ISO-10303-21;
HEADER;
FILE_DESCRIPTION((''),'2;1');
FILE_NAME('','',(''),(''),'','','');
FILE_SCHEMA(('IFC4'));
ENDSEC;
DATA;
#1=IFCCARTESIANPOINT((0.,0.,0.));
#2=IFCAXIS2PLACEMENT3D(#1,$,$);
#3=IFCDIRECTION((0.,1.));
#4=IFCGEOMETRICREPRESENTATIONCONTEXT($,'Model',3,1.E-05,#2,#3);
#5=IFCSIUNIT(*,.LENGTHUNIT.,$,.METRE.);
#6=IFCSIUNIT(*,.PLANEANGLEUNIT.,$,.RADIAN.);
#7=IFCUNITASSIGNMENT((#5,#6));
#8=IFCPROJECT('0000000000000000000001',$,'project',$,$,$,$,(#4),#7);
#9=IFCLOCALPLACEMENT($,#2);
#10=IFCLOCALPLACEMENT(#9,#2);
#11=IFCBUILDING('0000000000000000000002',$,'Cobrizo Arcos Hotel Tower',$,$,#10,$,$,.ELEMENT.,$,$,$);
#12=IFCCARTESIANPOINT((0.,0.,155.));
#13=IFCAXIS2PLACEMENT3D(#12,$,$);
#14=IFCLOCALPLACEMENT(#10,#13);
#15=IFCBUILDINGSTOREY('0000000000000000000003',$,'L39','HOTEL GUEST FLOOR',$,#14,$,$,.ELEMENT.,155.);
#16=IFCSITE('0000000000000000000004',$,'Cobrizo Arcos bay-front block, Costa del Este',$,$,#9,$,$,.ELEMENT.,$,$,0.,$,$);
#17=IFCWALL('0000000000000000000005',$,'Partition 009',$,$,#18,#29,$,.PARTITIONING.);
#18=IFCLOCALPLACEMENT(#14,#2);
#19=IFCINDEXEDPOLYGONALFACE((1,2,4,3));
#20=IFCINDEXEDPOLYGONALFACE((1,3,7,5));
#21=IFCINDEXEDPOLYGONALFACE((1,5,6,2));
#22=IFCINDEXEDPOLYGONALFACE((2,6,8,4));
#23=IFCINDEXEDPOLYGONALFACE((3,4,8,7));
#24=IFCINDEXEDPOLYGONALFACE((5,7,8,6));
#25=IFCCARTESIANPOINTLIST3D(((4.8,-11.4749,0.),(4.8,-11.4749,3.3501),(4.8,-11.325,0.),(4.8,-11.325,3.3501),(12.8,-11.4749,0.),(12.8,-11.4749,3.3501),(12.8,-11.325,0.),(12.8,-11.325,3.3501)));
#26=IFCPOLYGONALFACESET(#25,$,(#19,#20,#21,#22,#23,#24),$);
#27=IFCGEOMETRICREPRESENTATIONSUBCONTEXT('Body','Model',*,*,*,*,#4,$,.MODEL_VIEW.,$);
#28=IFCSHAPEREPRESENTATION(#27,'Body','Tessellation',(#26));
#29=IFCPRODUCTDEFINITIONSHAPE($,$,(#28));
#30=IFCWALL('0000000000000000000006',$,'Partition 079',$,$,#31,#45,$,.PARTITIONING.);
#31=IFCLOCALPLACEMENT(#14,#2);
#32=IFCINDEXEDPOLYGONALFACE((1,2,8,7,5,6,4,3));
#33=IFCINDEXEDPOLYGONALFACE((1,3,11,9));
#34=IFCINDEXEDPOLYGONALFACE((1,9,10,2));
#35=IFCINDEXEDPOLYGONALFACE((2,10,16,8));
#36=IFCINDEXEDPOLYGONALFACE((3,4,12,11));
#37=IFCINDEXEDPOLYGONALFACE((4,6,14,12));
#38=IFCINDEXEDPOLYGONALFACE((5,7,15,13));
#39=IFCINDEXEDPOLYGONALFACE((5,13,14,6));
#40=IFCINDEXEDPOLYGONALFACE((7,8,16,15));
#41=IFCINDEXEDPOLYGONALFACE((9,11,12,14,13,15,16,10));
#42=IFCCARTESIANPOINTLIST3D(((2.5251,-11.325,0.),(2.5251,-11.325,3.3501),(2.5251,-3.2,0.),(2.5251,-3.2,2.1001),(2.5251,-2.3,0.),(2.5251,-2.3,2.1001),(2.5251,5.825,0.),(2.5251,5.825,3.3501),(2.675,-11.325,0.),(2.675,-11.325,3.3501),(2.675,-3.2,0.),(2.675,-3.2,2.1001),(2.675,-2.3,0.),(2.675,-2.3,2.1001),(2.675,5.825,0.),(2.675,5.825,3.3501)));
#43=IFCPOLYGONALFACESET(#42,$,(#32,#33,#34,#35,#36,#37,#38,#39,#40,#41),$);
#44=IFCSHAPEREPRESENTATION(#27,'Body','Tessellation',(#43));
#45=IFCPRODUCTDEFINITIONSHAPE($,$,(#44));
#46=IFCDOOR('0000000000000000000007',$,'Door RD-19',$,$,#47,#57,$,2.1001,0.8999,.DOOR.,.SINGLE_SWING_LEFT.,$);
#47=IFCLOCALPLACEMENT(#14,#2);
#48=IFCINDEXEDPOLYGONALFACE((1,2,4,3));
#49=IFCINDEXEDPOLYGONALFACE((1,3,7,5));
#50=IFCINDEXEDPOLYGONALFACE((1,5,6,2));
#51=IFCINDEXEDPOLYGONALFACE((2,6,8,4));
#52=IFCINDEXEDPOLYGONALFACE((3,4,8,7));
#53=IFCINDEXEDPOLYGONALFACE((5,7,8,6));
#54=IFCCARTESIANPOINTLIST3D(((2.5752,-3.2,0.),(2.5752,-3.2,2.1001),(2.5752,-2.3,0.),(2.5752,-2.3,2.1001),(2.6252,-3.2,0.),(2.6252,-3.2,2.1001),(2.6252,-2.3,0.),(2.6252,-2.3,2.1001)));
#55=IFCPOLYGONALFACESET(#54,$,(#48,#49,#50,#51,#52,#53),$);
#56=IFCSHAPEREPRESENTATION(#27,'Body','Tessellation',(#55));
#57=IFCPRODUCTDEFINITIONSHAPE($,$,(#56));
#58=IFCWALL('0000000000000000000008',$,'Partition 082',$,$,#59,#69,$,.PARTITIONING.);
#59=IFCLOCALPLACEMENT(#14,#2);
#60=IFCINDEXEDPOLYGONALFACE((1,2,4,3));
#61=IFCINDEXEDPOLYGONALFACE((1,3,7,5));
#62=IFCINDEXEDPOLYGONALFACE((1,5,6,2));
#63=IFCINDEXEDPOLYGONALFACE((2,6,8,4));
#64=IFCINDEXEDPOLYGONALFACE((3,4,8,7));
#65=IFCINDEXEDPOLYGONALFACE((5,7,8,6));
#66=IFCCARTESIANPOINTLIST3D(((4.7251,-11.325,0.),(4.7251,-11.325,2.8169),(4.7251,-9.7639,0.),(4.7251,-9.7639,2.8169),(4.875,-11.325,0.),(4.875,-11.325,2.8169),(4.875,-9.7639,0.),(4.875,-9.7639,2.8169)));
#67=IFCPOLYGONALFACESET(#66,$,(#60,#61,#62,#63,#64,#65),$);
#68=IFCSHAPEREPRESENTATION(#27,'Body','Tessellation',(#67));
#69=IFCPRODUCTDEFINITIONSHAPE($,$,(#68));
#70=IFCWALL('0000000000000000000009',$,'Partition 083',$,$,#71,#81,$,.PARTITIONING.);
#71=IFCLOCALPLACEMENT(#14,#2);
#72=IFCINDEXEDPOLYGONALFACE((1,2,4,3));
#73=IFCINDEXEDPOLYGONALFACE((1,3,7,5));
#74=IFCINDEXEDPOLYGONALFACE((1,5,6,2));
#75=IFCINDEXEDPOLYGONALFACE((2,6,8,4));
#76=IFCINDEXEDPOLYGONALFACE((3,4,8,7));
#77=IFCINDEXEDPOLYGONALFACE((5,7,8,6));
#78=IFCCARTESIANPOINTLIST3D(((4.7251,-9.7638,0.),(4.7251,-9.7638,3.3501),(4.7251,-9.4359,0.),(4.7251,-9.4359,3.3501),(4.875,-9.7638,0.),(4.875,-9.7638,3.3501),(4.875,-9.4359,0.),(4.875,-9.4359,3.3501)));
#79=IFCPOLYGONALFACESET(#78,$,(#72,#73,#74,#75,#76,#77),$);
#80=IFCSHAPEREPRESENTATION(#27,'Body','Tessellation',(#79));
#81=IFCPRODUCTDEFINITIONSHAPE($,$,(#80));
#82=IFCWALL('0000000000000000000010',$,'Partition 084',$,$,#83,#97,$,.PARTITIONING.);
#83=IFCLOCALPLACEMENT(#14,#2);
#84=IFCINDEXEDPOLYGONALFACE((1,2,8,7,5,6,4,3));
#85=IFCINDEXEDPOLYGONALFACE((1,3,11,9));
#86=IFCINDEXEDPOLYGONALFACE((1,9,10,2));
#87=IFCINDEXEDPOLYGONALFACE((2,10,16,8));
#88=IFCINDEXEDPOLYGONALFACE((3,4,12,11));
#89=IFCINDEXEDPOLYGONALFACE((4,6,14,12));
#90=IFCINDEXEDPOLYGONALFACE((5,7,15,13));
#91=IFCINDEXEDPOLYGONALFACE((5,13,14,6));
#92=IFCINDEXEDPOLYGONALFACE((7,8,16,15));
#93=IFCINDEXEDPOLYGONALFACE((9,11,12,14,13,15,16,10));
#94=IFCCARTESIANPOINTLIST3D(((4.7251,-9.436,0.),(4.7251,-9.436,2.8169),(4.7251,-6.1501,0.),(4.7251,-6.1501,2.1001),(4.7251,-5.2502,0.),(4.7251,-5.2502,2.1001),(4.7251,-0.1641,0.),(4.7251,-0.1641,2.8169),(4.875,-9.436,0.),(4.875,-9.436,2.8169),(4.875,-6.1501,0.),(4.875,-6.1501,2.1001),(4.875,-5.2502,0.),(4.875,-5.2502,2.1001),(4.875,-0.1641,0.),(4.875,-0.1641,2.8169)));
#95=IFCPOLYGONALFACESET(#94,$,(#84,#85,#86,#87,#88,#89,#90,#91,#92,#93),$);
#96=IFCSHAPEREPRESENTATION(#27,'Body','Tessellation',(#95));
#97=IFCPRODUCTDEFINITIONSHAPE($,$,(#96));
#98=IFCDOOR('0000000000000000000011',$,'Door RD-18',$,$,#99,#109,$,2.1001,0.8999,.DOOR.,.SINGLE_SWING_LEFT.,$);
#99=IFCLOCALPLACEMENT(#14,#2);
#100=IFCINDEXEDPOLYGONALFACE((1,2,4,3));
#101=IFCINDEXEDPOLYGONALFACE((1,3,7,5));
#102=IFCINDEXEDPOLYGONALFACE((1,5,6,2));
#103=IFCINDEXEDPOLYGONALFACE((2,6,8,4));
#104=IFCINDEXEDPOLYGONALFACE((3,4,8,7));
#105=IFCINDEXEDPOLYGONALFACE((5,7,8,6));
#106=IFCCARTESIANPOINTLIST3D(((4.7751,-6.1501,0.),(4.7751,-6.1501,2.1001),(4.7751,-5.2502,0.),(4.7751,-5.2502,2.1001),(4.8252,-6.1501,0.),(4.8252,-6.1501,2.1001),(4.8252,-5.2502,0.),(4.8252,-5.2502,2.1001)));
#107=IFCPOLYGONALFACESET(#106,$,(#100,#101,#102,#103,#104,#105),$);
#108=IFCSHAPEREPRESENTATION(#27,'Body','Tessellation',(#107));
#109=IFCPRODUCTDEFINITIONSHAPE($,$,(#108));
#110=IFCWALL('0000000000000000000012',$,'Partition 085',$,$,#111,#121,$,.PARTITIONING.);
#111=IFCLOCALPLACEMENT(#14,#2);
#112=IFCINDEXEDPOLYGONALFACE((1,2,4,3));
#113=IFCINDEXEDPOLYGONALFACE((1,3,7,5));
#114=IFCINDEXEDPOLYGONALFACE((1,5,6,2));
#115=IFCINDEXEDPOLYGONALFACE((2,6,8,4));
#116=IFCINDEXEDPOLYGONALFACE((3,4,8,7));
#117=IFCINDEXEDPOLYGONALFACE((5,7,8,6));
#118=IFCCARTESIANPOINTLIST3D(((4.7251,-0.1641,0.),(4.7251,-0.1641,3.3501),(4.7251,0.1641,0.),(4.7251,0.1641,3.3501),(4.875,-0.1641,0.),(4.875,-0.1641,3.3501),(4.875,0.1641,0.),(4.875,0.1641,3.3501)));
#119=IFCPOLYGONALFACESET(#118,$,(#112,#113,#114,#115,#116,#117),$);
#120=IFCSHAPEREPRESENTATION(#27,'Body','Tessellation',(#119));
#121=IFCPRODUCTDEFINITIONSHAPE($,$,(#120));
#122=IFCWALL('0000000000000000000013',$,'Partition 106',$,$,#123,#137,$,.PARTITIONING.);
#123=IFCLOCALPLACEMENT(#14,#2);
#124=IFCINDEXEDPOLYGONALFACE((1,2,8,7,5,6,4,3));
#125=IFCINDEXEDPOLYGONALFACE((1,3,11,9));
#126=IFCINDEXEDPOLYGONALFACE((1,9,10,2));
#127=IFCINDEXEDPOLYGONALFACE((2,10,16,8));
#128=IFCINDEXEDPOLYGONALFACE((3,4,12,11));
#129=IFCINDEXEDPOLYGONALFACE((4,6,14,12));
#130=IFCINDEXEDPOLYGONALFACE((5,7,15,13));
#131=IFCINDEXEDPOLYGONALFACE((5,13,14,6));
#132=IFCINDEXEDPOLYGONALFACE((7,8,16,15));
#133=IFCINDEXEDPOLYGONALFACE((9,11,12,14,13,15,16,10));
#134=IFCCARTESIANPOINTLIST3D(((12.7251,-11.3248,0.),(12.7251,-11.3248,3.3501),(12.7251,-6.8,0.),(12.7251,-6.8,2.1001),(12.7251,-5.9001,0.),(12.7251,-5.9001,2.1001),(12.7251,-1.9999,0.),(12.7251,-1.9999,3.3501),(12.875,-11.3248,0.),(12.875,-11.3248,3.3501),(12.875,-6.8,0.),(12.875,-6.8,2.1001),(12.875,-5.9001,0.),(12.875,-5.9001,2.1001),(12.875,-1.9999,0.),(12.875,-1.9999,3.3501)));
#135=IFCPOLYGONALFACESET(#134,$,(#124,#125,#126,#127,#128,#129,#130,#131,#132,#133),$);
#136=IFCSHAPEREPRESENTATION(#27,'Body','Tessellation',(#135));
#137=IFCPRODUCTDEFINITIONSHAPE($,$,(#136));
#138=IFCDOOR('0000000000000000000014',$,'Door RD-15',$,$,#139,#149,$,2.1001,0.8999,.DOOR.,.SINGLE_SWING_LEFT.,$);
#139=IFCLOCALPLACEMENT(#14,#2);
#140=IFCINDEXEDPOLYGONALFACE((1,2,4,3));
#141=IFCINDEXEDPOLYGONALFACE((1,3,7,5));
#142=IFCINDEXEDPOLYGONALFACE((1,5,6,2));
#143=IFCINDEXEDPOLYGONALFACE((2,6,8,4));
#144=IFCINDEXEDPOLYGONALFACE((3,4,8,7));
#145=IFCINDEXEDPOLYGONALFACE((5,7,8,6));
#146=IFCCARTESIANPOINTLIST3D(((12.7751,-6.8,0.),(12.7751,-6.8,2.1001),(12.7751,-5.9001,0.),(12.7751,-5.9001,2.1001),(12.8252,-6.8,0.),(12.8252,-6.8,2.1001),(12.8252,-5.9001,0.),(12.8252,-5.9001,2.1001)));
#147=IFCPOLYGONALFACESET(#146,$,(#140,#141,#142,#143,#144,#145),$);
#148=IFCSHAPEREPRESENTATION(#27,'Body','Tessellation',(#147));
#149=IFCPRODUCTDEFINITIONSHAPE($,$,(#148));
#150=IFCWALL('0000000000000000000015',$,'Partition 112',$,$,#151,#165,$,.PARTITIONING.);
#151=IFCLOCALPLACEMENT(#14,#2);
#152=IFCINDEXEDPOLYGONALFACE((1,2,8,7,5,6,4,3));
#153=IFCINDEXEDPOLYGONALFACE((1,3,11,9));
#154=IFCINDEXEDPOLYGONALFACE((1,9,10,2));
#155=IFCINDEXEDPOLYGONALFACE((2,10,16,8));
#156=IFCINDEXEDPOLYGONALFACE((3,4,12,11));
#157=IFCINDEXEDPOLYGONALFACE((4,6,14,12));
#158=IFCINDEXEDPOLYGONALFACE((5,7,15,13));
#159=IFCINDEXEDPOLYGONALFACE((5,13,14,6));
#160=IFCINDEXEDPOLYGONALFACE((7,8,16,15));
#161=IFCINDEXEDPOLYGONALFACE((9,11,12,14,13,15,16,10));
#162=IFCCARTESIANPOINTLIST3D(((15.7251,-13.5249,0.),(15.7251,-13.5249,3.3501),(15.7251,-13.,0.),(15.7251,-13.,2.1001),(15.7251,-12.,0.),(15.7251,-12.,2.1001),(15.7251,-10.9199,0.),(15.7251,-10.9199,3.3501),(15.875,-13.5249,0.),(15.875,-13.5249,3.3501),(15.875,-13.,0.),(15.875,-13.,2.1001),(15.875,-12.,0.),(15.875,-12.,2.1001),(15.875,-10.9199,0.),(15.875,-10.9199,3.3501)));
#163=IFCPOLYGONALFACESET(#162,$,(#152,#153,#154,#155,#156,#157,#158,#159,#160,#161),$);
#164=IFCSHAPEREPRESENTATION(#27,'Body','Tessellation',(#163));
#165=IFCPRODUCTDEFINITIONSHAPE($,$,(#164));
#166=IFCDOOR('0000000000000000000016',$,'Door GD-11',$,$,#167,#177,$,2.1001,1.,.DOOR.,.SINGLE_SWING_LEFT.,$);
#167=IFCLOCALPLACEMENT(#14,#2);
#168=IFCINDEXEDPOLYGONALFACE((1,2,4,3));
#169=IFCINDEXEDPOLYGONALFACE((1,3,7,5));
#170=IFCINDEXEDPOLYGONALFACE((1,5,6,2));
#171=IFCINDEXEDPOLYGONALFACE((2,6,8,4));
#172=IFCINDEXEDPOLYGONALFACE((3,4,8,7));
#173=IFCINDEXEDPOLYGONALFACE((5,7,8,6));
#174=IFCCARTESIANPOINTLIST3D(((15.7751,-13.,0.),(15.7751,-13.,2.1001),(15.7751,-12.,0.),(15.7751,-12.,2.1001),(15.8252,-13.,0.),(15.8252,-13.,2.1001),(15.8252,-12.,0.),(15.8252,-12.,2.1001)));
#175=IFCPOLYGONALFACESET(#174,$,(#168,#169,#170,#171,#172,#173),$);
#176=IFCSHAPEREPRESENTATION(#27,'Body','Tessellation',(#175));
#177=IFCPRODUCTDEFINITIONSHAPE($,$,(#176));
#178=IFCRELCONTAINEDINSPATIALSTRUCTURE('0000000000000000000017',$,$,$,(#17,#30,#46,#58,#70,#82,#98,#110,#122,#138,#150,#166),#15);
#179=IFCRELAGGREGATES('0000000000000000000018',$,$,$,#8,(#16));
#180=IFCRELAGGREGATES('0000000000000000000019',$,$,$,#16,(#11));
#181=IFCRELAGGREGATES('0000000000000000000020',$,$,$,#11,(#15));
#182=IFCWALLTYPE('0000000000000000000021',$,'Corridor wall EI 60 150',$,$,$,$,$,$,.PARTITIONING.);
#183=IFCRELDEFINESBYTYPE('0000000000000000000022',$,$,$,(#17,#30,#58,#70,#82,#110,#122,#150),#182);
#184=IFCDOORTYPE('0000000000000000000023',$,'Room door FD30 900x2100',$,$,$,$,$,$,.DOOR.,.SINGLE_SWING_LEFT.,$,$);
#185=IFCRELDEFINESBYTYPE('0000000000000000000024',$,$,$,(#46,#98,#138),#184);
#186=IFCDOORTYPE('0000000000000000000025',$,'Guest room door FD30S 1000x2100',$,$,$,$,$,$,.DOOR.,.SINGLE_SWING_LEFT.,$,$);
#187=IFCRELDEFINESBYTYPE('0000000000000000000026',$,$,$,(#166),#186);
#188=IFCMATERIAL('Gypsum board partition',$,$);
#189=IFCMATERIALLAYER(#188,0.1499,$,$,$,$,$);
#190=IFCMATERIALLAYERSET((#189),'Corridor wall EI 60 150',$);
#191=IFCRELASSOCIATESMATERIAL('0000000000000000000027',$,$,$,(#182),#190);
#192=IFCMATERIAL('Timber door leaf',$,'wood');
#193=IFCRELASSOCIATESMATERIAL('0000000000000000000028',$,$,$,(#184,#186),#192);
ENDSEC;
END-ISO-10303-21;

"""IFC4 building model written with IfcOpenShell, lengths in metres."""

from ifc_helpers import new_model, si_unit, direction, frame, frame_2d, origin, place, context, subcontext, project, spatial, rectangle, extrude, material, layer, layer_set, type_object, element, fill, save


model = new_model("IFC4")

# Units and contexts
model_context = context("Model", 3, precision=1e-05, world=origin(), true_north=direction((0.0, 1.0)))
body_context = subcontext(model_context, "Body", "Model", "MODEL_VIEW")
ifc_project = project(units=[si_unit("LENGTHUNIT", "METRE"), si_unit("PLANEANGLEUNIT", "RADIAN")], contexts=[model_context])

# Site, building, storey
site_placement = place(None, origin())
site = spatial("IfcSite", under=ifc_project, at=site_placement, Name="Cobrizo Arcos bay-front block, Costa del Este", CompositionType="ELEMENT", RefElevation=0.0)
building_placement = place(site_placement, origin())
building = spatial("IfcBuilding", under=site, at=building_placement, Name="Cobrizo Arcos Hotel Tower", CompositionType="ELEMENT")
storey_placement = place(building_placement, frame((0.0, 0.0, 155.0)))
storey = spatial("IfcBuildingStorey", under=building, at=storey_placement, Name="L39", Description="HOTEL GUEST FLOOR", CompositionType="ELEMENT", Elevation=155.0)

# Wall
ifc_material_1 = material(Name="Gypsum board partition")
ifc_layer_1 = layer(ifc_material_1, 0.1499)
ifc_layer_set_1 = layer_set([ifc_layer_1], Name="Corridor wall EI 60 150")
wall_type_1 = type_object("IfcWallType", Name="Corridor wall EI 60 150", PredefinedType="PARTITIONING", material=ifc_layer_set_1)
wall_1_placement = place(storey_placement, frame((4.8, -11.3999, 0.0), z_axis=(0.0, 0.0, 1.0), x_axis=(1.0, 0.0, 0.0)))
element("IfcWall", 1, at=wall_1_placement, inside=storey, type_object=wall_type_1, Name="Partition 009", PredefinedType="PARTITIONING", context=body_context, shape_type="SweptSolid", body=[
    extrude(rectangle(XDim=8.0, YDim=0.1499, at=frame_2d((4.0, 0.0))), origin(), (0.0, 0.0, 1.0), 3.3501),
])

# Wall, opening, door
wall_2_placement = place(storey_placement, frame((2.6001, -11.325, 0.0), z_axis=(0.0, 0.0, 1.0), x_axis=(0.0, 1.0, 0.0)))
wall_2 = element("IfcWall", 2, at=wall_2_placement, inside=storey, type_object=wall_type_1, Name="Partition 079", PredefinedType="PARTITIONING", context=body_context, shape_type="SweptSolid", body=[
    extrude(rectangle(XDim=17.1499, YDim=0.1499, at=frame_2d((8.575, 0.0))), origin(), (0.0, 0.0, 1.0), 3.3501),
])
opening_1_placement = place(wall_2_placement, frame((8.125, 0.0, 0.0)))
opening_1 = element("IfcOpeningElement", 3, at=opening_1_placement, cuts=wall_2, PredefinedType="OPENING", context=body_context, shape_type="SweptSolid", body=[
    extrude(rectangle(XDim=0.8999, YDim=2.1001, at=frame_2d((0.45, 1.05))), frame((0.0, 0.0869, 0.0), z_axis=(0.0, -1.0, 0.0), x_axis=(1.0, 0.0, 0.0)), (0.0, 0.0, 1.0), 0.1738),
])
ifc_material_2 = material(Name="Timber door leaf", Category="wood")
door_type_1 = type_object("IfcDoorType", Name="Room door FD30 900x2100", OperationType="SINGLE_SWING_LEFT", PredefinedType="DOOR", material=ifc_material_2)
door_1_placement = place(opening_1_placement, origin())
door_1 = element("IfcDoor", 4, at=door_1_placement, inside=storey, type_object=door_type_1, Name="Door RD-19", OperationType="SINGLE_SWING_LEFT", OverallHeight=2.1001, OverallWidth=0.8999, PredefinedType="DOOR", context=body_context, shape_type="SweptSolid", body=[
    extrude(rectangle(XDim=0.8999, YDim=2.1001, at=frame_2d((0.45, 1.05))), frame((0.0, 0.0249, 0.0), z_axis=(0.0, -1.0, 0.0), x_axis=(1.0, 0.0, 0.0)), (0.0, 0.0, 1.0), 0.05),
])
fill(opening_1, door_1)

# Walls
wall_3_placement = place(storey_placement, frame((4.8, -11.325, 0.0), z_axis=(0.0, 0.0, 1.0), x_axis=(0.0, 1.0, 0.0)))
element("IfcWall", 5, at=wall_3_placement, inside=storey, type_object=wall_type_1, Name="Partition 082", PredefinedType="PARTITIONING", context=body_context, shape_type="SweptSolid", body=[
    extrude(rectangle(XDim=1.561, YDim=0.1499, at=frame_2d((0.7805, 0.0))), origin(), (0.0, 0.0, 1.0), 2.8169),
])
wall_4_placement = place(storey_placement, frame((4.8, -9.7639, 0.0), z_axis=(0.0, 0.0, 1.0), x_axis=(0.0, 1.0, 0.0)))
element("IfcWall", 6, at=wall_4_placement, inside=storey, type_object=wall_type_1, Name="Partition 083", PredefinedType="PARTITIONING", context=body_context, shape_type="SweptSolid", body=[
    extrude(rectangle(XDim=0.3279, YDim=0.1499, at=frame_2d((0.1641, 0.0))), origin(), (0.0, 0.0, 1.0), 3.3501),
])

# Wall, opening, door
wall_5_placement = place(storey_placement, frame((4.8, -9.436, 0.0), z_axis=(0.0, 0.0, 1.0), x_axis=(0.0, 1.0, 0.0)))
wall_5 = element("IfcWall", 7, at=wall_5_placement, inside=storey, type_object=wall_type_1, Name="Partition 084", PredefinedType="PARTITIONING", context=body_context, shape_type="SweptSolid", body=[
    extrude(rectangle(XDim=9.272, YDim=0.1499, at=frame_2d((4.636, 0.0))), origin(), (0.0, 0.0, 1.0), 2.8169),
])
opening_2_placement = place(wall_5_placement, frame((3.2859, 0.0, 0.0)))
opening_2 = element("IfcOpeningElement", 8, at=opening_2_placement, cuts=wall_5, PredefinedType="OPENING", context=body_context, shape_type="SweptSolid", body=[
    extrude(rectangle(XDim=0.8999, YDim=2.1001, at=frame_2d((0.45, 1.05))), frame((0.0, 0.0869, 0.0), z_axis=(0.0, -1.0, 0.0), x_axis=(1.0, 0.0, 0.0)), (0.0, 0.0, 1.0), 0.1738),
])
door_2_placement = place(opening_2_placement, origin())
door_2 = element("IfcDoor", 9, at=door_2_placement, inside=storey, type_object=door_type_1, Name="Door RD-18", OperationType="SINGLE_SWING_LEFT", OverallHeight=2.1001, OverallWidth=0.8999, PredefinedType="DOOR", context=body_context, shape_type="SweptSolid", body=[
    extrude(rectangle(XDim=0.8999, YDim=2.1001, at=frame_2d((0.45, 1.05))), frame((0.0, 0.0249, 0.0), z_axis=(0.0, -1.0, 0.0), x_axis=(1.0, 0.0, 0.0)), (0.0, 0.0, 1.0), 0.05),
])
fill(opening_2, door_2)

# Wall
wall_6_placement = place(storey_placement, frame((4.8, -0.1641, 0.0), z_axis=(0.0, 0.0, 1.0), x_axis=(0.0, 1.0, 0.0)))
element("IfcWall", 10, at=wall_6_placement, inside=storey, type_object=wall_type_1, Name="Partition 085", PredefinedType="PARTITIONING", context=body_context, shape_type="SweptSolid", body=[
    extrude(rectangle(XDim=0.3281, YDim=0.1499, at=frame_2d((0.1641, 0.0))), origin(), (0.0, 0.0, 1.0), 3.3501),
])

# Walls, openings, doors
wall_7_placement = place(storey_placement, frame((12.8, -11.325, 0.0), z_axis=(0.0, 0.0, 1.0), x_axis=(0.0, 1.0, 0.0)))
wall_7 = element("IfcWall", 11, at=wall_7_placement, inside=storey, type_object=wall_type_1, Name="Partition 106", PredefinedType="PARTITIONING", context=body_context, shape_type="SweptSolid", body=[
    extrude(rectangle(XDim=9.325, YDim=0.1499, at=frame_2d((4.6626, 0.0))), origin(), (0.0, 0.0, 1.0), 3.3501),
])
opening_3_placement = place(wall_7_placement, frame((4.5249, 0.0, 0.0)))
opening_3 = element("IfcOpeningElement", 12, at=opening_3_placement, cuts=wall_7, PredefinedType="OPENING", context=body_context, shape_type="SweptSolid", body=[
    extrude(rectangle(XDim=0.8999, YDim=2.1001, at=frame_2d((0.45, 1.05))), frame((0.0, 0.0869, 0.0), z_axis=(0.0, -1.0, 0.0), x_axis=(1.0, 0.0, 0.0)), (0.0, 0.0, 1.0), 0.1738),
])
door_3_placement = place(opening_3_placement, origin())
door_3 = element("IfcDoor", 13, at=door_3_placement, inside=storey, type_object=door_type_1, Name="Door RD-15", OperationType="SINGLE_SWING_LEFT", OverallHeight=2.1001, OverallWidth=0.8999, PredefinedType="DOOR", context=body_context, shape_type="SweptSolid", body=[
    extrude(rectangle(XDim=0.8999, YDim=2.1001, at=frame_2d((0.45, 1.05))), frame((0.0, 0.0249, 0.0), z_axis=(0.0, -1.0, 0.0), x_axis=(1.0, 0.0, 0.0)), (0.0, 0.0, 1.0), 0.05),
])
fill(opening_3, door_3)
wall_8_placement = place(storey_placement, frame((15.8, -13.5249, 0.0), z_axis=(0.0, 0.0, 1.0), x_axis=(0.0, 1.0, 0.0)))
wall_8 = element("IfcWall", 14, at=wall_8_placement, inside=storey, type_object=wall_type_1, Name="Partition 112", PredefinedType="PARTITIONING", context=body_context, shape_type="SweptSolid", body=[
    extrude(rectangle(XDim=2.605, YDim=0.1499, at=frame_2d((1.3025, 0.0))), origin(), (0.0, 0.0, 1.0), 3.3501),
])
opening_4_placement = place(wall_8_placement, frame((0.5249, 0.0, 0.0)))
opening_4 = element("IfcOpeningElement", 15, at=opening_4_placement, cuts=wall_8, PredefinedType="OPENING", context=body_context, shape_type="SweptSolid", body=[
    extrude(rectangle(XDim=1.0, YDim=2.1001, at=frame_2d((0.5, 1.05))), frame((0.0, 0.0869, 0.0), z_axis=(0.0, -1.0, 0.0), x_axis=(1.0, 0.0, 0.0)), (0.0, 0.0, 1.0), 0.1738),
])
door_type_2 = type_object("IfcDoorType", Name="Guest room door FD30S 1000x2100", OperationType="SINGLE_SWING_LEFT", PredefinedType="DOOR", material=ifc_material_2)
door_4_placement = place(opening_4_placement, origin())
door_4 = element("IfcDoor", 16, at=door_4_placement, inside=storey, type_object=door_type_2, Name="Door GD-11", OperationType="SINGLE_SWING_LEFT", OverallHeight=2.1001, OverallWidth=1.0, PredefinedType="DOOR", context=body_context, shape_type="SweptSolid", body=[
    extrude(rectangle(XDim=1.0, YDim=2.1001, at=frame_2d((0.5, 1.05))), frame((0.0, 0.0249, 0.0), z_axis=(0.0, -1.0, 0.0), x_axis=(1.0, 0.0, 0.0)), (0.0, 0.0, 1.0), 0.05),
])
fill(opening_4, door_4)

save(model, "model.ifc")
